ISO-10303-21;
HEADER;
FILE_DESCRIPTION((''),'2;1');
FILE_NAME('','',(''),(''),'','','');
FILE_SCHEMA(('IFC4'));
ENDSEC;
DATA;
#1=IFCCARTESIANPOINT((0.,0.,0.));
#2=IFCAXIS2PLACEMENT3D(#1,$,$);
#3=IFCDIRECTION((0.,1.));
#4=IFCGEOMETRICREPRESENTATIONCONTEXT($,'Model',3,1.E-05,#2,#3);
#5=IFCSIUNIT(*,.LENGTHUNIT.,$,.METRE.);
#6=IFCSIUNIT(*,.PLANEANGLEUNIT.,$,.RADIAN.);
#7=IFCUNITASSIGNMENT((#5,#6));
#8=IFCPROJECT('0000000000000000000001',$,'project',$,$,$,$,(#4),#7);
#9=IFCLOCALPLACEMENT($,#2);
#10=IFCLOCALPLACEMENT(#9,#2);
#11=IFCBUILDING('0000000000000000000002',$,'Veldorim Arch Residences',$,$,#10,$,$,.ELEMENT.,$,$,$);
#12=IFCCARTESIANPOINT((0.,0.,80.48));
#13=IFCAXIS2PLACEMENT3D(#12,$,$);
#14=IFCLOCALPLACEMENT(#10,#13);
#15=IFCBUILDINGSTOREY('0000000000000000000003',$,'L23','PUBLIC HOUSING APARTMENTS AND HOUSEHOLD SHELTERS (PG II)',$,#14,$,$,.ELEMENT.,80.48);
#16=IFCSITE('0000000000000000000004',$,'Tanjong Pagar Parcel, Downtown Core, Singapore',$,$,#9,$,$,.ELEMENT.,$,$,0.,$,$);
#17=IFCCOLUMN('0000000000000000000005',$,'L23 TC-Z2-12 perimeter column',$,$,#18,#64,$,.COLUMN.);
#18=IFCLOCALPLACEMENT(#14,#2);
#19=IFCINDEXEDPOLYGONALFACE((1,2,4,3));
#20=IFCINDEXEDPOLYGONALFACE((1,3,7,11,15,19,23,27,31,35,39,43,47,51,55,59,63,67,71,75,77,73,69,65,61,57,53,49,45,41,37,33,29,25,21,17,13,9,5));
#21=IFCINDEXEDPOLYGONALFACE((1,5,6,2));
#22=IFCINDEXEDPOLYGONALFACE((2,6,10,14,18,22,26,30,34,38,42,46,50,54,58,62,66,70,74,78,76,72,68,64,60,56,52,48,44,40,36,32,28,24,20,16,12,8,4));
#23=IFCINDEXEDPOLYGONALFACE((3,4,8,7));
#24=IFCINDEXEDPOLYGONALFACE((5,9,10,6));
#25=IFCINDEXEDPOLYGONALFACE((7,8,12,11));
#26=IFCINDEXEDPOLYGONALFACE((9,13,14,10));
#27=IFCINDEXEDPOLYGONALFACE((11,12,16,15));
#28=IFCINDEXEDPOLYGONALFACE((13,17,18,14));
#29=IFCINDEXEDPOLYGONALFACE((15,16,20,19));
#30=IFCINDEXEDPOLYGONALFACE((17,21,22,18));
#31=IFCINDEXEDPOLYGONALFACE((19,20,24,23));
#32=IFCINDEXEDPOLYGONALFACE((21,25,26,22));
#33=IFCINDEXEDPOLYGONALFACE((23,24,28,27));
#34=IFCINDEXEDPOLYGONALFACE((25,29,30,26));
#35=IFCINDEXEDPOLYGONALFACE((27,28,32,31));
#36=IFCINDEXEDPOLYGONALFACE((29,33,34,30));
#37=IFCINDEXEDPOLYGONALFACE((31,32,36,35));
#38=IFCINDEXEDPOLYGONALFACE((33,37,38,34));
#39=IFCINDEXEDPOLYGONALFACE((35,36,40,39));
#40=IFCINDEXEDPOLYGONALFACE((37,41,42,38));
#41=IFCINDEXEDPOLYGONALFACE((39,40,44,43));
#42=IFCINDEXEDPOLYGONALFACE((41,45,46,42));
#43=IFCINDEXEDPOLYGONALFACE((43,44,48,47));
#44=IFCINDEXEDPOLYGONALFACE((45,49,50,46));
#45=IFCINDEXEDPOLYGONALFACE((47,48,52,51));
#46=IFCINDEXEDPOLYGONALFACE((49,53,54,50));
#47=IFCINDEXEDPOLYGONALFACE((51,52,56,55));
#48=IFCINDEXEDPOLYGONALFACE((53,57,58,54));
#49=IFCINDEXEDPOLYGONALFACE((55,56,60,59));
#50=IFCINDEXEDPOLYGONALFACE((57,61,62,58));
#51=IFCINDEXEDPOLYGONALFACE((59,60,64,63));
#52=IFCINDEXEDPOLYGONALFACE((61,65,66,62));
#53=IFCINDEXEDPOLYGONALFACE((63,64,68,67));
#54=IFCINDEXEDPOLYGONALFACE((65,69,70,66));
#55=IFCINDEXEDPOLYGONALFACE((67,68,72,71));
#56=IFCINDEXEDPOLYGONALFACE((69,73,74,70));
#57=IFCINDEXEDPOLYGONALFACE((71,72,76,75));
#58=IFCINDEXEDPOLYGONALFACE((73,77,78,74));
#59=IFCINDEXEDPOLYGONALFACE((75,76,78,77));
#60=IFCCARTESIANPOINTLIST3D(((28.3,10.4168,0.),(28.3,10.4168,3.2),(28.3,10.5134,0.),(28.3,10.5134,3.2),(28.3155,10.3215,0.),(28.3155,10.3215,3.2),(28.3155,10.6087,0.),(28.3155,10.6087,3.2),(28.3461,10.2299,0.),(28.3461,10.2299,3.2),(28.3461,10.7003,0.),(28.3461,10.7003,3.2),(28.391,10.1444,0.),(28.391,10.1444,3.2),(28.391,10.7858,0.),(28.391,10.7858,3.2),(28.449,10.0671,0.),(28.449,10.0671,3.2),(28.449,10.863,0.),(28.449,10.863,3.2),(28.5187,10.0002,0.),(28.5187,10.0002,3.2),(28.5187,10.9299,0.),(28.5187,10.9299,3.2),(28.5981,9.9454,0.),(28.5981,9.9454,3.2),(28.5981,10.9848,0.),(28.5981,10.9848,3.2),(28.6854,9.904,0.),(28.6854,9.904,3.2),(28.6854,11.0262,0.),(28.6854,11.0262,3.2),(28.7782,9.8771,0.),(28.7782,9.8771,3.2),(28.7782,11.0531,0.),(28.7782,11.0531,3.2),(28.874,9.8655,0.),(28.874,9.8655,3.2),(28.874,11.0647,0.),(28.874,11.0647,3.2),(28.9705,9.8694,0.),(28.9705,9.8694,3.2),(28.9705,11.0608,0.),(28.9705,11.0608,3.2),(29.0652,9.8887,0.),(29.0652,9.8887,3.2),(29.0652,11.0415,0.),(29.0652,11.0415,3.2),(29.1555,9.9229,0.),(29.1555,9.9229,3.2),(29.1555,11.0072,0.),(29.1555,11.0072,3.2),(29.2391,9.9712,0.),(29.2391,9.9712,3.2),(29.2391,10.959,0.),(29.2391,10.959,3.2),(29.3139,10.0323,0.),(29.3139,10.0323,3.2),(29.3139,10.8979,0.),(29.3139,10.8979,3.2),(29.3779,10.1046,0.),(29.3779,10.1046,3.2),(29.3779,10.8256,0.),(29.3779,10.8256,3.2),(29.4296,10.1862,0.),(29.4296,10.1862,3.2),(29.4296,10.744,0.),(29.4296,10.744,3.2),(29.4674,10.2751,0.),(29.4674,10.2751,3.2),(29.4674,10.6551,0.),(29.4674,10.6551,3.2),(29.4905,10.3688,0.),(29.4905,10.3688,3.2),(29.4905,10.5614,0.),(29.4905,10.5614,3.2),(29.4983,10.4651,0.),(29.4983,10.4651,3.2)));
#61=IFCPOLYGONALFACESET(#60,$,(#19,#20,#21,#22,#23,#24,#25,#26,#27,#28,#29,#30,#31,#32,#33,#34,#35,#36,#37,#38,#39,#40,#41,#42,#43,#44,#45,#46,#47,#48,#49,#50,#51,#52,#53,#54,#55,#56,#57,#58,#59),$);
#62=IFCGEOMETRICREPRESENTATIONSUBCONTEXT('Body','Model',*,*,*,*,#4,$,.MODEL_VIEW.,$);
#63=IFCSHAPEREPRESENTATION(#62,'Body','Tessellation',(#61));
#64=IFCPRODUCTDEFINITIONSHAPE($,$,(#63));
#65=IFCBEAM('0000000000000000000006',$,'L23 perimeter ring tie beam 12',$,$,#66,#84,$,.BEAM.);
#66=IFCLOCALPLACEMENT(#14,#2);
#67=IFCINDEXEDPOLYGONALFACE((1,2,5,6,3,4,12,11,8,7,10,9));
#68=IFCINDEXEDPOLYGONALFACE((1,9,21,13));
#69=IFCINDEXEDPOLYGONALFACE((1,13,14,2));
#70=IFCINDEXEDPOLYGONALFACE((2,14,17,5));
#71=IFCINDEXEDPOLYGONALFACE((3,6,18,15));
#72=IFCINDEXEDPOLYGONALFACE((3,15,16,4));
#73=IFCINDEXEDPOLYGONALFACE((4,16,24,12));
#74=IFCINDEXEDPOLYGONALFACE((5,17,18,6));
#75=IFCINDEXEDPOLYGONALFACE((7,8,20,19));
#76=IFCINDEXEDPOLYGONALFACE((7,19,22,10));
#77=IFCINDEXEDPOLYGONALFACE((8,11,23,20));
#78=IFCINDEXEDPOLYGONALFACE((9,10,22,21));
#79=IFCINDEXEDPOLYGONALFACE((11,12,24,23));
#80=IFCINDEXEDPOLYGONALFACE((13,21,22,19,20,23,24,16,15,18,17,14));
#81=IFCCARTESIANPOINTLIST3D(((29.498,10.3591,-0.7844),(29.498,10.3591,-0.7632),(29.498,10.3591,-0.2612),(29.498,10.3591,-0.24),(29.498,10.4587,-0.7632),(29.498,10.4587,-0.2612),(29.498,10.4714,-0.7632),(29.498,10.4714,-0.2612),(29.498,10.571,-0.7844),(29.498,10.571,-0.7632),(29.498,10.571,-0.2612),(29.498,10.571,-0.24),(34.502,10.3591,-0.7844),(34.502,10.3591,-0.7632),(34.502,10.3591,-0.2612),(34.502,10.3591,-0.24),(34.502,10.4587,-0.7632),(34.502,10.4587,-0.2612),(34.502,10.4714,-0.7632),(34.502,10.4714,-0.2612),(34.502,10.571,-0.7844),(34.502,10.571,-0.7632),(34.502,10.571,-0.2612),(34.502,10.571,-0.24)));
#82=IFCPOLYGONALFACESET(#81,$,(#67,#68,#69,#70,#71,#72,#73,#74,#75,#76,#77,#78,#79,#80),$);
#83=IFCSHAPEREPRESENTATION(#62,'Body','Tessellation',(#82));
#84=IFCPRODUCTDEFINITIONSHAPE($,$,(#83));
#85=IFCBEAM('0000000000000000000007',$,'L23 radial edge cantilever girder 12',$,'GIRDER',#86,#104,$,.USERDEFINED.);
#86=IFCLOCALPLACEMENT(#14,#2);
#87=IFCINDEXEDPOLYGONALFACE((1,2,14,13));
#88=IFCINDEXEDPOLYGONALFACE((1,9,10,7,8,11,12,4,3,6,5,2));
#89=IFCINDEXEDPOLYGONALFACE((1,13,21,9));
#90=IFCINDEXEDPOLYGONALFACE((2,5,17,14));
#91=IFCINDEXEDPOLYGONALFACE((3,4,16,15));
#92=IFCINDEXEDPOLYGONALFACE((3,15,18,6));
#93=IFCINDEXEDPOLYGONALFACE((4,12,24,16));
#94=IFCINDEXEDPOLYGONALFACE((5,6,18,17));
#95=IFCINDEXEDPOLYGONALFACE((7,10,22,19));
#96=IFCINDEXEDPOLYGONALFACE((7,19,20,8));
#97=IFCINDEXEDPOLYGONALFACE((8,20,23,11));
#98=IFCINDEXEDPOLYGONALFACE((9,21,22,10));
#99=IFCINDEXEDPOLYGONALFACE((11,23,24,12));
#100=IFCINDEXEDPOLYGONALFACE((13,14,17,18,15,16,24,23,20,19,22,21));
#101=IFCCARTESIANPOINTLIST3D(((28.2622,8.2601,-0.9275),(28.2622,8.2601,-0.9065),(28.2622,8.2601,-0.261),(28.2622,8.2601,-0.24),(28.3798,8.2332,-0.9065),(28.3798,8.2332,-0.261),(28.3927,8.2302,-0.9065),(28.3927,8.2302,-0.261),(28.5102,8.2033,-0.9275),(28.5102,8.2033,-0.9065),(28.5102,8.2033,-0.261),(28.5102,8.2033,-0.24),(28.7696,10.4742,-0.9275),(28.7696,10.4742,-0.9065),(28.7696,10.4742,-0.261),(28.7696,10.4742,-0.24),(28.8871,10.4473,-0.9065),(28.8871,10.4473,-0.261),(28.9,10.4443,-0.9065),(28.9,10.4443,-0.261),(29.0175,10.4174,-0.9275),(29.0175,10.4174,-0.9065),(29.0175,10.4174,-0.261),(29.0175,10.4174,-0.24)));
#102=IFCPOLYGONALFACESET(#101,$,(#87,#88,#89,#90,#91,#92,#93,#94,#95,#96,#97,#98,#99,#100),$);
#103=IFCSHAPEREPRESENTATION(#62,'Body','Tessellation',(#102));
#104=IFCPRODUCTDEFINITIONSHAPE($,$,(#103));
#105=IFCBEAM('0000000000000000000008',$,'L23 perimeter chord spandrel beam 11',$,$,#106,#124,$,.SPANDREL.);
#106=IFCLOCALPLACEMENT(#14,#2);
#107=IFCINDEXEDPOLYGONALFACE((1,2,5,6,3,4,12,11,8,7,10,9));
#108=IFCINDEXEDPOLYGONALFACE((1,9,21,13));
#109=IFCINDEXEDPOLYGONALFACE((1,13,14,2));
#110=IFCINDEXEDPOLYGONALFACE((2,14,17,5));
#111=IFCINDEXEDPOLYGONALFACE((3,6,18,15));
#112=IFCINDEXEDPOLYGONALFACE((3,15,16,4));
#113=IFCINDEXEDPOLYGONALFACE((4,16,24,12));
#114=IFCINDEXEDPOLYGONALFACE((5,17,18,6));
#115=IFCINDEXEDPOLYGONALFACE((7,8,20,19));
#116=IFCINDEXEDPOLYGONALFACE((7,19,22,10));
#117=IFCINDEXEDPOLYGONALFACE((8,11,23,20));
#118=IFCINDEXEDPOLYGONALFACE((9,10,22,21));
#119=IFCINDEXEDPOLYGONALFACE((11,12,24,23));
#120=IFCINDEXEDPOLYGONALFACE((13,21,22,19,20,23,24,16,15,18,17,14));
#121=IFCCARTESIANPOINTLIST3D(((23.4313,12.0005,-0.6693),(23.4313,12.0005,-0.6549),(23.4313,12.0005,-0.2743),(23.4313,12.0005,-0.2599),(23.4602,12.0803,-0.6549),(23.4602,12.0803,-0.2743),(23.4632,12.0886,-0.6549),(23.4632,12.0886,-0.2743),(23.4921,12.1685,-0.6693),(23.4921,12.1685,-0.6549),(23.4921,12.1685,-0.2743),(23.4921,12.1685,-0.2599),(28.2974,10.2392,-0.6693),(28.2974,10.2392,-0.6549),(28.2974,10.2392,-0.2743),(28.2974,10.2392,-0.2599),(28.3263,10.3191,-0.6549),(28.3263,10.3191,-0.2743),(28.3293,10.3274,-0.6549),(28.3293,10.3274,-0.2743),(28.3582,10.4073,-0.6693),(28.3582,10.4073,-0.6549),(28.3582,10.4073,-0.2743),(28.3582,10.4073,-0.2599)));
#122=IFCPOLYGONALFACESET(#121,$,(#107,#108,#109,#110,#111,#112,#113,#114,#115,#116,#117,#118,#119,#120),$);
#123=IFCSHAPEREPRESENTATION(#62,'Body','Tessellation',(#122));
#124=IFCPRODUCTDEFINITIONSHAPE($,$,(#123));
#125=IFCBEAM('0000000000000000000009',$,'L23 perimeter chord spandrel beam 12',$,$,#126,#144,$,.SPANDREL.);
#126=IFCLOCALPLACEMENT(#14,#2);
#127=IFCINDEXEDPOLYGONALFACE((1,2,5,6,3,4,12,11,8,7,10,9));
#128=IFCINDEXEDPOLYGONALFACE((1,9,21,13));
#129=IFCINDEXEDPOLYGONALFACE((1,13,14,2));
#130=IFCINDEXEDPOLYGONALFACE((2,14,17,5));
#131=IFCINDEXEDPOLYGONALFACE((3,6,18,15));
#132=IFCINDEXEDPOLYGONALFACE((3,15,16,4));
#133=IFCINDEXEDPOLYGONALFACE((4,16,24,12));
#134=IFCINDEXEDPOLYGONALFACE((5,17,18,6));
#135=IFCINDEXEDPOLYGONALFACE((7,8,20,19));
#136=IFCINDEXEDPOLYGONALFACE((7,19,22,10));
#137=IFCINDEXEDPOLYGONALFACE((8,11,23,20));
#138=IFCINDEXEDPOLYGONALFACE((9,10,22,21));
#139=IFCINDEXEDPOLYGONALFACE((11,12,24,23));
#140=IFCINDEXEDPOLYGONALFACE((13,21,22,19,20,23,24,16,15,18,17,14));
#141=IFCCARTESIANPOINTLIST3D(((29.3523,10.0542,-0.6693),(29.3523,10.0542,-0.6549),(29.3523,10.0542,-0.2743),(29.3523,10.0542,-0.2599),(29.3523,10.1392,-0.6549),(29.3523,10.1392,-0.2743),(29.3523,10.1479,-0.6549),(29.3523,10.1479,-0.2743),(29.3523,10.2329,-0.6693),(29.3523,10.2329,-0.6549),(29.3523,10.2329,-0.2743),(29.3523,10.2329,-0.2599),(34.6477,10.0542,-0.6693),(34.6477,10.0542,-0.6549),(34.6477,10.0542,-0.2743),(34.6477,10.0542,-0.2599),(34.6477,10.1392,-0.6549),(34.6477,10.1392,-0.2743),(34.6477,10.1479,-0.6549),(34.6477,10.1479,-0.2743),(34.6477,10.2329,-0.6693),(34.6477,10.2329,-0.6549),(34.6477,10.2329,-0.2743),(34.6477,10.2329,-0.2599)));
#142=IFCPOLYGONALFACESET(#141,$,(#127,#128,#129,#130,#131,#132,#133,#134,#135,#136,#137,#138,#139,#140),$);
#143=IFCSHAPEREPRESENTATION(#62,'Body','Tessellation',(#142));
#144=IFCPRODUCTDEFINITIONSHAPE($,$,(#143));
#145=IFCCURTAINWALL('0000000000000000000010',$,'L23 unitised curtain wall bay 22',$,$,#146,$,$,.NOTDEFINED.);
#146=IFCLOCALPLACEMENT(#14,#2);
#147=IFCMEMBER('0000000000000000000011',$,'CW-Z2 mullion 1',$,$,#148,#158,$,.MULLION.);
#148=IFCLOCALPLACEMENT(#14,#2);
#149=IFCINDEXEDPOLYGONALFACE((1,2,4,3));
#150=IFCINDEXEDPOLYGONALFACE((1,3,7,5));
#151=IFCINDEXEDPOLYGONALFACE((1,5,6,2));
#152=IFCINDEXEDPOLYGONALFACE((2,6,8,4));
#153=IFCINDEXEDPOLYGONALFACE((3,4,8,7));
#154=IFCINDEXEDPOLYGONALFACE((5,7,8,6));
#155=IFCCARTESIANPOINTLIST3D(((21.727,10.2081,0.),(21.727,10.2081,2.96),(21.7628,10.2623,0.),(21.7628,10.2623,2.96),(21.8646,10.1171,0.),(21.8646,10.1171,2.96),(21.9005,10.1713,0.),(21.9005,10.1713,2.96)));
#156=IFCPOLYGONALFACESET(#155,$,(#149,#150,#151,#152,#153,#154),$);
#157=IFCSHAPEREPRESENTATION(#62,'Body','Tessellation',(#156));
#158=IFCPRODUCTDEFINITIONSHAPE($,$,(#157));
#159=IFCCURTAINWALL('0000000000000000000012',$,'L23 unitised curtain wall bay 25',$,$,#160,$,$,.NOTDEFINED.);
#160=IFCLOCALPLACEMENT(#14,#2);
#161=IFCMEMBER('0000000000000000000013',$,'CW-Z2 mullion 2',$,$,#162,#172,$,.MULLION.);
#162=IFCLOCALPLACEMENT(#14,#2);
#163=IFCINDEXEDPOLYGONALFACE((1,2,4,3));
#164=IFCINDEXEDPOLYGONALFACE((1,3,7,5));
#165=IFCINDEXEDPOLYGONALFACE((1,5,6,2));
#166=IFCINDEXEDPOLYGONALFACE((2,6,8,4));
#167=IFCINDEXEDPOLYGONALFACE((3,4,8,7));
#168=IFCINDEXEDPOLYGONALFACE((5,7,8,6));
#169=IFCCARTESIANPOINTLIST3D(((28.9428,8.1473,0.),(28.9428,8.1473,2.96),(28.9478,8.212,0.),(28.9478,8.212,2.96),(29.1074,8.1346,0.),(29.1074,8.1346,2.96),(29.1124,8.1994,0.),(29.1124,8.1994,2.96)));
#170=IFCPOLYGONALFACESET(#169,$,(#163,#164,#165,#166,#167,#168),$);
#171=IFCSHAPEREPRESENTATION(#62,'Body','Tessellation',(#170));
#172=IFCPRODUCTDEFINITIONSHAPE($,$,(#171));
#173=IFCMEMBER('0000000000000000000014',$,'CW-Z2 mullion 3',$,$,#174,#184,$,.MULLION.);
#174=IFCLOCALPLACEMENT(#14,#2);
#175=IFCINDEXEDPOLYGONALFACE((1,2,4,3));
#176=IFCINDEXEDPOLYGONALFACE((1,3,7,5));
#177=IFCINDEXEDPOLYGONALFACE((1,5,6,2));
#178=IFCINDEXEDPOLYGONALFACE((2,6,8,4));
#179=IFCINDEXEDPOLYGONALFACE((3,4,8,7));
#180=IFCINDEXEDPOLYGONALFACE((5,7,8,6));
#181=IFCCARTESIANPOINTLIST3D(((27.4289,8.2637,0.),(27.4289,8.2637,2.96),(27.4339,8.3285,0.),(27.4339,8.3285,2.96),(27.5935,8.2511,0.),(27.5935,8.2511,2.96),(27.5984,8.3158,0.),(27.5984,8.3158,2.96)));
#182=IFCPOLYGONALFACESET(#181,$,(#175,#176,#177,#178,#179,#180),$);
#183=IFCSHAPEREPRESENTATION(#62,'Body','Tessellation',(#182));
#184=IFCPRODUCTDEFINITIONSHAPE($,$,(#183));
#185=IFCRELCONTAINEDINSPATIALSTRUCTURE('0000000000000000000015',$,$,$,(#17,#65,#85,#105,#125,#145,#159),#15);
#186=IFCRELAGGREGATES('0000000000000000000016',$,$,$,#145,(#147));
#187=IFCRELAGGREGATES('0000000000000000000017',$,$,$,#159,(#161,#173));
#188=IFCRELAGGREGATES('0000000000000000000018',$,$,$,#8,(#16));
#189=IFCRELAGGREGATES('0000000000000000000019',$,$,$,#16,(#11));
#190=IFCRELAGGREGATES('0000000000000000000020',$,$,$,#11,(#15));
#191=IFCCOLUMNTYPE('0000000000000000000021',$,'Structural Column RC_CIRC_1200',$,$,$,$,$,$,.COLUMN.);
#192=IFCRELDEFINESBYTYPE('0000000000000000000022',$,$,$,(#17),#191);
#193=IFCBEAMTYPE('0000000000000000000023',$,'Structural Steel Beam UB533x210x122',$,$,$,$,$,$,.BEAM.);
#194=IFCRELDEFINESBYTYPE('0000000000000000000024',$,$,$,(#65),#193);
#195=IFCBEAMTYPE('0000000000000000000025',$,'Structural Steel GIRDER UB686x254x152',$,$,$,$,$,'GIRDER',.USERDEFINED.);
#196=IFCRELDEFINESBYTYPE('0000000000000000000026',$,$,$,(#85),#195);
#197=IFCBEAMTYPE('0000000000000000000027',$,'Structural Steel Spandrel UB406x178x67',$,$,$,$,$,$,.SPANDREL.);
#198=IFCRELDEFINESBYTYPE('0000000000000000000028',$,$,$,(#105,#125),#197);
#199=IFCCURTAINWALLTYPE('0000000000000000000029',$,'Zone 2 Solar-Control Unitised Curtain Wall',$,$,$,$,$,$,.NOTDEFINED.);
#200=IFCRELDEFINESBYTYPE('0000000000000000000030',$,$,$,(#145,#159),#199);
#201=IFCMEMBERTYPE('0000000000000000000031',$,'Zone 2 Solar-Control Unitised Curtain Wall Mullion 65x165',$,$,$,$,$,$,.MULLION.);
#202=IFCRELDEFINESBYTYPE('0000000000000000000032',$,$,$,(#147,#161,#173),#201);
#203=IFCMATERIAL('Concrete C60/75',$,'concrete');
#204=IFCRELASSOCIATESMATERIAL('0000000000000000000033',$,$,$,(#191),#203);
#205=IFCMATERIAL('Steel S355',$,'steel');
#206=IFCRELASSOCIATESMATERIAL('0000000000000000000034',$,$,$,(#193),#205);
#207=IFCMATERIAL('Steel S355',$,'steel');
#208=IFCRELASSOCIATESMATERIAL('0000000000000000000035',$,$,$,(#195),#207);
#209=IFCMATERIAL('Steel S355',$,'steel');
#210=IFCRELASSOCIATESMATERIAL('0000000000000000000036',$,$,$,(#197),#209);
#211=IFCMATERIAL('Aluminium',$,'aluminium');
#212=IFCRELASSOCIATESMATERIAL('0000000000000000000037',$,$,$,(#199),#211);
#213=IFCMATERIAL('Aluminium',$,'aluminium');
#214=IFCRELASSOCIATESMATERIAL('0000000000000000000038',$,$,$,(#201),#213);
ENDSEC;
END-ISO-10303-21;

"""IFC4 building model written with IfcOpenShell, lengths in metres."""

from ifc_helpers import new_model, si_unit, direction, frame, origin, origin_2d, place, context, subcontext, project, spatial, rectangle, circle, i_section, extrude, material, material_profile, profile_set, type_object, element, aggregate, save


model = new_model("IFC4")

# Units and contexts
model_context = context("Model", 3, precision=1e-05, world=origin(), true_north=direction((0.0, 1.0)))
body_context = subcontext(model_context, "Body", "Model", "MODEL_VIEW")
ifc_project = project(units=[si_unit("LENGTHUNIT", "METRE"), si_unit("PLANEANGLEUNIT", "RADIAN")], contexts=[model_context])

# Site, building, storey
site_placement = place(None, origin())
site = spatial("IfcSite", under=ifc_project, at=site_placement, Name="Tanjong Pagar Parcel, Downtown Core, Singapore", CompositionType="ELEMENT", RefElevation=0.0)
building_placement = place(site_placement, origin())
building = spatial("IfcBuilding", under=site, at=building_placement, Name="Veldorim Arch Residences", CompositionType="ELEMENT")
storey_placement = place(building_placement, frame((0.0, 0.0, 80.48)))
storey = spatial("IfcBuildingStorey", under=building, at=storey_placement, Name="L23", Description="PUBLIC HOUSING APARTMENTS AND HOUSEHOLD SHELTERS (PG II)", CompositionType="ELEMENT", Elevation=80.48)

# Column
ifc_material_1 = material(Name="Concrete C60/75", Category="concrete")
ifc_material_profile_1 = material_profile(ifc_material_1, circle(Radius=0.6001, at=origin_2d()), Name="RC_CIRC_1200")
ifc_profile_set_1 = profile_set([ifc_material_profile_1], Name="Concrete C60/75")
column_type = type_object("IfcColumnType", Name="Structural Column RC_CIRC_1200", PredefinedType="COLUMN", material=ifc_profile_set_1)
column_placement = place(storey_placement, frame((28.8982, 10.4651, 0.0), z_axis=(0.0, 0.0, 1.0), x_axis=(1.0, 0.0, 0.0)))
element("IfcColumn", 1, at=column_placement, inside=storey, type_object=column_type, Name="L23 TC-Z2-12 perimeter column", PredefinedType="COLUMN", context=body_context, shape_type="SweptSolid", body=[
    extrude(circle(Radius=0.6001, at=origin_2d()), origin(), (0.0, 0.0, 1.0), 3.2),
])

# Beams
ifc_material_2 = material(Name="Steel S355", Category="steel")
ifc_material_profile_2 = material_profile(ifc_material_2, i_section(OverallWidth=0.2119, OverallDepth=0.5444, WebThickness=0.0127, FlangeThickness=0.0212, at=origin_2d()), Name="UB533x210x122")
ifc_profile_set_2 = profile_set([ifc_material_profile_2], Name="Steel S355")
beam_type_1 = type_object("IfcBeamType", Name="Structural Steel Beam UB533x210x122", PredefinedType="BEAM", material=ifc_profile_set_2)
beam_1_placement = place(storey_placement, frame((29.498, 10.4651, -0.5122), z_axis=(1.0, 0.0, 0.0), x_axis=(0.0, 1.0, 0.0)))
element("IfcBeam", 2, at=beam_1_placement, inside=storey, type_object=beam_type_1, Name="L23 perimeter ring tie beam 12", PredefinedType="BEAM", context=body_context, shape_type="SweptSolid", body=[
    extrude(i_section(OverallWidth=0.2119, OverallDepth=0.5444, WebThickness=0.0127, FlangeThickness=0.0212, at=origin_2d()), origin(), (0.0, 0.0, 1.0), 5.0039),
])
ifc_material_3 = material(Name="Steel S355", Category="steel")
ifc_material_profile_3 = material_profile(ifc_material_3, i_section(OverallWidth=0.2544, OverallDepth=0.6875, WebThickness=0.0132, FlangeThickness=0.021, at=origin_2d()), Name="UB686x254x152")
ifc_profile_set_3 = profile_set([ifc_material_profile_3], Name="Steel S355")
beam_type_2 = type_object("IfcBeamType", Name="Structural Steel GIRDER UB686x254x152", ElementType="GIRDER", PredefinedType="USERDEFINED", material=ifc_profile_set_3)
beam_2_placement = place(storey_placement, frame((28.8936, 10.4458, -0.5837), z_axis=(-0.223344, -0.97474, 0.0), x_axis=(0.97474, -0.223344, 0.0)))
element("IfcBeam", 3, at=beam_2_placement, inside=storey, type_object=beam_type_2, Name="L23 radial edge cantilever girder 12", ObjectType="GIRDER", PredefinedType="USERDEFINED", context=body_context, shape_type="SweptSolid", body=[
    extrude(i_section(OverallWidth=0.2544, OverallDepth=0.6875, WebThickness=0.0132, FlangeThickness=0.021, at=origin_2d()), origin(), (0.0, 0.0, 1.0), 2.2715),
])
ifc_material_4 = material(Name="Steel S355", Category="steel")
ifc_material_profile_4 = material_profile(ifc_material_4, i_section(OverallWidth=0.1787, OverallDepth=0.4094, WebThickness=0.0088, FlangeThickness=0.0144, at=origin_2d()), Name="UB406x178x67")
ifc_profile_set_4 = profile_set([ifc_material_profile_4], Name="Steel S355")
beam_type_3 = type_object("IfcBeamType", Name="Structural Steel Spandrel UB406x178x67", PredefinedType="SPANDREL", material=ifc_profile_set_4)
beam_3_placement = place(storey_placement, frame((23.4617, 12.0845, -0.4646), z_axis=(0.940308, -0.340326, 0.0), x_axis=(0.340326, 0.940308, 0.0)))
element("IfcBeam", 4, at=beam_3_placement, inside=storey, type_object=beam_type_3, Name="L23 perimeter chord spandrel beam 11", PredefinedType="SPANDREL", context=body_context, shape_type="SweptSolid", body=[
    extrude(i_section(OverallWidth=0.1787, OverallDepth=0.4094, WebThickness=0.0088, FlangeThickness=0.0144, at=origin_2d()), origin(), (0.0, 0.0, 1.0), 5.175),
])
beam_4_placement = place(storey_placement, frame((29.3523, 10.1436, -0.4646), z_axis=(1.0, 0.0, 0.0), x_axis=(0.0, 1.0, 0.0)))
element("IfcBeam", 5, at=beam_4_placement, inside=storey, type_object=beam_type_3, Name="L23 perimeter chord spandrel beam 12", PredefinedType="SPANDREL", context=body_context, shape_type="SweptSolid", body=[
    extrude(i_section(OverallWidth=0.1787, OverallDepth=0.4094, WebThickness=0.0088, FlangeThickness=0.0144, at=origin_2d()), origin(), (0.0, 0.0, 1.0), 5.2954),
])

# Curtain wall, member
ifc_material_5 = material(Name="Aluminium", Category="aluminium")
curtain_wall_type = type_object("IfcCurtainWallType", Name="Zone 2 Solar-Control Unitised Curtain Wall", PredefinedType="NOTDEFINED", material=ifc_material_5)
curtain_wall_1_placement = place(storey_placement, origin())
curtain_wall_1 = element("IfcCurtainWall", 6, at=curtain_wall_1_placement, inside=storey, type_object=curtain_wall_type, Name="L23 unitised curtain wall bay 22", PredefinedType="NOTDEFINED")
ifc_material_6 = material(Name="Aluminium", Category="aluminium")
ifc_material_profile_5 = material_profile(ifc_material_6, rectangle(XDim=0.0649, YDim=0.165, at=origin_2d()), Name="ALU_MUL_65x165")
ifc_profile_set_5 = profile_set([ifc_material_profile_5], Name="Aluminium")
member_type_1 = type_object("IfcMemberType", Name="Zone 2 Solar-Control Unitised Curtain Wall Mullion 65x165", PredefinedType="MULLION", material=ifc_profile_set_5)
member_1_placement = place(storey_placement, frame((21.8137, 10.1897, 0.0), z_axis=(0.0, 0.0, 1.0), x_axis=(-0.551503, -0.834173, 0.0)))
member_1 = element("IfcMember", 7, at=member_1_placement, type_object=member_type_1, Name="CW-Z2 mullion 1", PredefinedType="MULLION", context=body_context, shape_type="SweptSolid", body=[
    extrude(rectangle(XDim=0.0649, YDim=0.165, at=origin_2d()), origin(), (0.0, 0.0, 1.0), 2.96),
])

# Curtain wall, members
curtain_wall_2_placement = place(storey_placement, origin())
curtain_wall_2 = element("IfcCurtainWall", 8, at=curtain_wall_2_placement, inside=storey, type_object=curtain_wall_type, Name="L23 unitised curtain wall bay 25", PredefinedType="NOTDEFINED")
member_2_placement = place(storey_placement, frame((29.0276, 8.1733, 0.0), z_axis=(0.0, 0.0, 1.0), x_axis=(-0.076696, -0.997054, 0.0)))
member_2 = element("IfcMember", 9, at=member_2_placement, type_object=member_type_1, Name="CW-Z2 mullion 2", PredefinedType="MULLION", context=body_context, shape_type="SweptSolid", body=[
    extrude(rectangle(XDim=0.0649, YDim=0.165, at=origin_2d()), origin(), (0.0, 0.0, 1.0), 2.96),
])
member_3_placement = place(storey_placement, frame((27.5137, 8.2898, 0.0), z_axis=(0.0, 0.0, 1.0), x_axis=(-0.076696, -0.997054, 0.0)))
member_3 = element("IfcMember", 10, at=member_3_placement, type_object=member_type_1, Name="CW-Z2 mullion 3", PredefinedType="MULLION", context=body_context, shape_type="SweptSolid", body=[
    extrude(rectangle(XDim=0.0649, YDim=0.165, at=origin_2d()), origin(), (0.0, 0.0, 1.0), 2.96),
])

aggregate(curtain_wall_1, [member_1])

aggregate(curtain_wall_2, [member_2, member_3])

save(model, "model.ifc")
